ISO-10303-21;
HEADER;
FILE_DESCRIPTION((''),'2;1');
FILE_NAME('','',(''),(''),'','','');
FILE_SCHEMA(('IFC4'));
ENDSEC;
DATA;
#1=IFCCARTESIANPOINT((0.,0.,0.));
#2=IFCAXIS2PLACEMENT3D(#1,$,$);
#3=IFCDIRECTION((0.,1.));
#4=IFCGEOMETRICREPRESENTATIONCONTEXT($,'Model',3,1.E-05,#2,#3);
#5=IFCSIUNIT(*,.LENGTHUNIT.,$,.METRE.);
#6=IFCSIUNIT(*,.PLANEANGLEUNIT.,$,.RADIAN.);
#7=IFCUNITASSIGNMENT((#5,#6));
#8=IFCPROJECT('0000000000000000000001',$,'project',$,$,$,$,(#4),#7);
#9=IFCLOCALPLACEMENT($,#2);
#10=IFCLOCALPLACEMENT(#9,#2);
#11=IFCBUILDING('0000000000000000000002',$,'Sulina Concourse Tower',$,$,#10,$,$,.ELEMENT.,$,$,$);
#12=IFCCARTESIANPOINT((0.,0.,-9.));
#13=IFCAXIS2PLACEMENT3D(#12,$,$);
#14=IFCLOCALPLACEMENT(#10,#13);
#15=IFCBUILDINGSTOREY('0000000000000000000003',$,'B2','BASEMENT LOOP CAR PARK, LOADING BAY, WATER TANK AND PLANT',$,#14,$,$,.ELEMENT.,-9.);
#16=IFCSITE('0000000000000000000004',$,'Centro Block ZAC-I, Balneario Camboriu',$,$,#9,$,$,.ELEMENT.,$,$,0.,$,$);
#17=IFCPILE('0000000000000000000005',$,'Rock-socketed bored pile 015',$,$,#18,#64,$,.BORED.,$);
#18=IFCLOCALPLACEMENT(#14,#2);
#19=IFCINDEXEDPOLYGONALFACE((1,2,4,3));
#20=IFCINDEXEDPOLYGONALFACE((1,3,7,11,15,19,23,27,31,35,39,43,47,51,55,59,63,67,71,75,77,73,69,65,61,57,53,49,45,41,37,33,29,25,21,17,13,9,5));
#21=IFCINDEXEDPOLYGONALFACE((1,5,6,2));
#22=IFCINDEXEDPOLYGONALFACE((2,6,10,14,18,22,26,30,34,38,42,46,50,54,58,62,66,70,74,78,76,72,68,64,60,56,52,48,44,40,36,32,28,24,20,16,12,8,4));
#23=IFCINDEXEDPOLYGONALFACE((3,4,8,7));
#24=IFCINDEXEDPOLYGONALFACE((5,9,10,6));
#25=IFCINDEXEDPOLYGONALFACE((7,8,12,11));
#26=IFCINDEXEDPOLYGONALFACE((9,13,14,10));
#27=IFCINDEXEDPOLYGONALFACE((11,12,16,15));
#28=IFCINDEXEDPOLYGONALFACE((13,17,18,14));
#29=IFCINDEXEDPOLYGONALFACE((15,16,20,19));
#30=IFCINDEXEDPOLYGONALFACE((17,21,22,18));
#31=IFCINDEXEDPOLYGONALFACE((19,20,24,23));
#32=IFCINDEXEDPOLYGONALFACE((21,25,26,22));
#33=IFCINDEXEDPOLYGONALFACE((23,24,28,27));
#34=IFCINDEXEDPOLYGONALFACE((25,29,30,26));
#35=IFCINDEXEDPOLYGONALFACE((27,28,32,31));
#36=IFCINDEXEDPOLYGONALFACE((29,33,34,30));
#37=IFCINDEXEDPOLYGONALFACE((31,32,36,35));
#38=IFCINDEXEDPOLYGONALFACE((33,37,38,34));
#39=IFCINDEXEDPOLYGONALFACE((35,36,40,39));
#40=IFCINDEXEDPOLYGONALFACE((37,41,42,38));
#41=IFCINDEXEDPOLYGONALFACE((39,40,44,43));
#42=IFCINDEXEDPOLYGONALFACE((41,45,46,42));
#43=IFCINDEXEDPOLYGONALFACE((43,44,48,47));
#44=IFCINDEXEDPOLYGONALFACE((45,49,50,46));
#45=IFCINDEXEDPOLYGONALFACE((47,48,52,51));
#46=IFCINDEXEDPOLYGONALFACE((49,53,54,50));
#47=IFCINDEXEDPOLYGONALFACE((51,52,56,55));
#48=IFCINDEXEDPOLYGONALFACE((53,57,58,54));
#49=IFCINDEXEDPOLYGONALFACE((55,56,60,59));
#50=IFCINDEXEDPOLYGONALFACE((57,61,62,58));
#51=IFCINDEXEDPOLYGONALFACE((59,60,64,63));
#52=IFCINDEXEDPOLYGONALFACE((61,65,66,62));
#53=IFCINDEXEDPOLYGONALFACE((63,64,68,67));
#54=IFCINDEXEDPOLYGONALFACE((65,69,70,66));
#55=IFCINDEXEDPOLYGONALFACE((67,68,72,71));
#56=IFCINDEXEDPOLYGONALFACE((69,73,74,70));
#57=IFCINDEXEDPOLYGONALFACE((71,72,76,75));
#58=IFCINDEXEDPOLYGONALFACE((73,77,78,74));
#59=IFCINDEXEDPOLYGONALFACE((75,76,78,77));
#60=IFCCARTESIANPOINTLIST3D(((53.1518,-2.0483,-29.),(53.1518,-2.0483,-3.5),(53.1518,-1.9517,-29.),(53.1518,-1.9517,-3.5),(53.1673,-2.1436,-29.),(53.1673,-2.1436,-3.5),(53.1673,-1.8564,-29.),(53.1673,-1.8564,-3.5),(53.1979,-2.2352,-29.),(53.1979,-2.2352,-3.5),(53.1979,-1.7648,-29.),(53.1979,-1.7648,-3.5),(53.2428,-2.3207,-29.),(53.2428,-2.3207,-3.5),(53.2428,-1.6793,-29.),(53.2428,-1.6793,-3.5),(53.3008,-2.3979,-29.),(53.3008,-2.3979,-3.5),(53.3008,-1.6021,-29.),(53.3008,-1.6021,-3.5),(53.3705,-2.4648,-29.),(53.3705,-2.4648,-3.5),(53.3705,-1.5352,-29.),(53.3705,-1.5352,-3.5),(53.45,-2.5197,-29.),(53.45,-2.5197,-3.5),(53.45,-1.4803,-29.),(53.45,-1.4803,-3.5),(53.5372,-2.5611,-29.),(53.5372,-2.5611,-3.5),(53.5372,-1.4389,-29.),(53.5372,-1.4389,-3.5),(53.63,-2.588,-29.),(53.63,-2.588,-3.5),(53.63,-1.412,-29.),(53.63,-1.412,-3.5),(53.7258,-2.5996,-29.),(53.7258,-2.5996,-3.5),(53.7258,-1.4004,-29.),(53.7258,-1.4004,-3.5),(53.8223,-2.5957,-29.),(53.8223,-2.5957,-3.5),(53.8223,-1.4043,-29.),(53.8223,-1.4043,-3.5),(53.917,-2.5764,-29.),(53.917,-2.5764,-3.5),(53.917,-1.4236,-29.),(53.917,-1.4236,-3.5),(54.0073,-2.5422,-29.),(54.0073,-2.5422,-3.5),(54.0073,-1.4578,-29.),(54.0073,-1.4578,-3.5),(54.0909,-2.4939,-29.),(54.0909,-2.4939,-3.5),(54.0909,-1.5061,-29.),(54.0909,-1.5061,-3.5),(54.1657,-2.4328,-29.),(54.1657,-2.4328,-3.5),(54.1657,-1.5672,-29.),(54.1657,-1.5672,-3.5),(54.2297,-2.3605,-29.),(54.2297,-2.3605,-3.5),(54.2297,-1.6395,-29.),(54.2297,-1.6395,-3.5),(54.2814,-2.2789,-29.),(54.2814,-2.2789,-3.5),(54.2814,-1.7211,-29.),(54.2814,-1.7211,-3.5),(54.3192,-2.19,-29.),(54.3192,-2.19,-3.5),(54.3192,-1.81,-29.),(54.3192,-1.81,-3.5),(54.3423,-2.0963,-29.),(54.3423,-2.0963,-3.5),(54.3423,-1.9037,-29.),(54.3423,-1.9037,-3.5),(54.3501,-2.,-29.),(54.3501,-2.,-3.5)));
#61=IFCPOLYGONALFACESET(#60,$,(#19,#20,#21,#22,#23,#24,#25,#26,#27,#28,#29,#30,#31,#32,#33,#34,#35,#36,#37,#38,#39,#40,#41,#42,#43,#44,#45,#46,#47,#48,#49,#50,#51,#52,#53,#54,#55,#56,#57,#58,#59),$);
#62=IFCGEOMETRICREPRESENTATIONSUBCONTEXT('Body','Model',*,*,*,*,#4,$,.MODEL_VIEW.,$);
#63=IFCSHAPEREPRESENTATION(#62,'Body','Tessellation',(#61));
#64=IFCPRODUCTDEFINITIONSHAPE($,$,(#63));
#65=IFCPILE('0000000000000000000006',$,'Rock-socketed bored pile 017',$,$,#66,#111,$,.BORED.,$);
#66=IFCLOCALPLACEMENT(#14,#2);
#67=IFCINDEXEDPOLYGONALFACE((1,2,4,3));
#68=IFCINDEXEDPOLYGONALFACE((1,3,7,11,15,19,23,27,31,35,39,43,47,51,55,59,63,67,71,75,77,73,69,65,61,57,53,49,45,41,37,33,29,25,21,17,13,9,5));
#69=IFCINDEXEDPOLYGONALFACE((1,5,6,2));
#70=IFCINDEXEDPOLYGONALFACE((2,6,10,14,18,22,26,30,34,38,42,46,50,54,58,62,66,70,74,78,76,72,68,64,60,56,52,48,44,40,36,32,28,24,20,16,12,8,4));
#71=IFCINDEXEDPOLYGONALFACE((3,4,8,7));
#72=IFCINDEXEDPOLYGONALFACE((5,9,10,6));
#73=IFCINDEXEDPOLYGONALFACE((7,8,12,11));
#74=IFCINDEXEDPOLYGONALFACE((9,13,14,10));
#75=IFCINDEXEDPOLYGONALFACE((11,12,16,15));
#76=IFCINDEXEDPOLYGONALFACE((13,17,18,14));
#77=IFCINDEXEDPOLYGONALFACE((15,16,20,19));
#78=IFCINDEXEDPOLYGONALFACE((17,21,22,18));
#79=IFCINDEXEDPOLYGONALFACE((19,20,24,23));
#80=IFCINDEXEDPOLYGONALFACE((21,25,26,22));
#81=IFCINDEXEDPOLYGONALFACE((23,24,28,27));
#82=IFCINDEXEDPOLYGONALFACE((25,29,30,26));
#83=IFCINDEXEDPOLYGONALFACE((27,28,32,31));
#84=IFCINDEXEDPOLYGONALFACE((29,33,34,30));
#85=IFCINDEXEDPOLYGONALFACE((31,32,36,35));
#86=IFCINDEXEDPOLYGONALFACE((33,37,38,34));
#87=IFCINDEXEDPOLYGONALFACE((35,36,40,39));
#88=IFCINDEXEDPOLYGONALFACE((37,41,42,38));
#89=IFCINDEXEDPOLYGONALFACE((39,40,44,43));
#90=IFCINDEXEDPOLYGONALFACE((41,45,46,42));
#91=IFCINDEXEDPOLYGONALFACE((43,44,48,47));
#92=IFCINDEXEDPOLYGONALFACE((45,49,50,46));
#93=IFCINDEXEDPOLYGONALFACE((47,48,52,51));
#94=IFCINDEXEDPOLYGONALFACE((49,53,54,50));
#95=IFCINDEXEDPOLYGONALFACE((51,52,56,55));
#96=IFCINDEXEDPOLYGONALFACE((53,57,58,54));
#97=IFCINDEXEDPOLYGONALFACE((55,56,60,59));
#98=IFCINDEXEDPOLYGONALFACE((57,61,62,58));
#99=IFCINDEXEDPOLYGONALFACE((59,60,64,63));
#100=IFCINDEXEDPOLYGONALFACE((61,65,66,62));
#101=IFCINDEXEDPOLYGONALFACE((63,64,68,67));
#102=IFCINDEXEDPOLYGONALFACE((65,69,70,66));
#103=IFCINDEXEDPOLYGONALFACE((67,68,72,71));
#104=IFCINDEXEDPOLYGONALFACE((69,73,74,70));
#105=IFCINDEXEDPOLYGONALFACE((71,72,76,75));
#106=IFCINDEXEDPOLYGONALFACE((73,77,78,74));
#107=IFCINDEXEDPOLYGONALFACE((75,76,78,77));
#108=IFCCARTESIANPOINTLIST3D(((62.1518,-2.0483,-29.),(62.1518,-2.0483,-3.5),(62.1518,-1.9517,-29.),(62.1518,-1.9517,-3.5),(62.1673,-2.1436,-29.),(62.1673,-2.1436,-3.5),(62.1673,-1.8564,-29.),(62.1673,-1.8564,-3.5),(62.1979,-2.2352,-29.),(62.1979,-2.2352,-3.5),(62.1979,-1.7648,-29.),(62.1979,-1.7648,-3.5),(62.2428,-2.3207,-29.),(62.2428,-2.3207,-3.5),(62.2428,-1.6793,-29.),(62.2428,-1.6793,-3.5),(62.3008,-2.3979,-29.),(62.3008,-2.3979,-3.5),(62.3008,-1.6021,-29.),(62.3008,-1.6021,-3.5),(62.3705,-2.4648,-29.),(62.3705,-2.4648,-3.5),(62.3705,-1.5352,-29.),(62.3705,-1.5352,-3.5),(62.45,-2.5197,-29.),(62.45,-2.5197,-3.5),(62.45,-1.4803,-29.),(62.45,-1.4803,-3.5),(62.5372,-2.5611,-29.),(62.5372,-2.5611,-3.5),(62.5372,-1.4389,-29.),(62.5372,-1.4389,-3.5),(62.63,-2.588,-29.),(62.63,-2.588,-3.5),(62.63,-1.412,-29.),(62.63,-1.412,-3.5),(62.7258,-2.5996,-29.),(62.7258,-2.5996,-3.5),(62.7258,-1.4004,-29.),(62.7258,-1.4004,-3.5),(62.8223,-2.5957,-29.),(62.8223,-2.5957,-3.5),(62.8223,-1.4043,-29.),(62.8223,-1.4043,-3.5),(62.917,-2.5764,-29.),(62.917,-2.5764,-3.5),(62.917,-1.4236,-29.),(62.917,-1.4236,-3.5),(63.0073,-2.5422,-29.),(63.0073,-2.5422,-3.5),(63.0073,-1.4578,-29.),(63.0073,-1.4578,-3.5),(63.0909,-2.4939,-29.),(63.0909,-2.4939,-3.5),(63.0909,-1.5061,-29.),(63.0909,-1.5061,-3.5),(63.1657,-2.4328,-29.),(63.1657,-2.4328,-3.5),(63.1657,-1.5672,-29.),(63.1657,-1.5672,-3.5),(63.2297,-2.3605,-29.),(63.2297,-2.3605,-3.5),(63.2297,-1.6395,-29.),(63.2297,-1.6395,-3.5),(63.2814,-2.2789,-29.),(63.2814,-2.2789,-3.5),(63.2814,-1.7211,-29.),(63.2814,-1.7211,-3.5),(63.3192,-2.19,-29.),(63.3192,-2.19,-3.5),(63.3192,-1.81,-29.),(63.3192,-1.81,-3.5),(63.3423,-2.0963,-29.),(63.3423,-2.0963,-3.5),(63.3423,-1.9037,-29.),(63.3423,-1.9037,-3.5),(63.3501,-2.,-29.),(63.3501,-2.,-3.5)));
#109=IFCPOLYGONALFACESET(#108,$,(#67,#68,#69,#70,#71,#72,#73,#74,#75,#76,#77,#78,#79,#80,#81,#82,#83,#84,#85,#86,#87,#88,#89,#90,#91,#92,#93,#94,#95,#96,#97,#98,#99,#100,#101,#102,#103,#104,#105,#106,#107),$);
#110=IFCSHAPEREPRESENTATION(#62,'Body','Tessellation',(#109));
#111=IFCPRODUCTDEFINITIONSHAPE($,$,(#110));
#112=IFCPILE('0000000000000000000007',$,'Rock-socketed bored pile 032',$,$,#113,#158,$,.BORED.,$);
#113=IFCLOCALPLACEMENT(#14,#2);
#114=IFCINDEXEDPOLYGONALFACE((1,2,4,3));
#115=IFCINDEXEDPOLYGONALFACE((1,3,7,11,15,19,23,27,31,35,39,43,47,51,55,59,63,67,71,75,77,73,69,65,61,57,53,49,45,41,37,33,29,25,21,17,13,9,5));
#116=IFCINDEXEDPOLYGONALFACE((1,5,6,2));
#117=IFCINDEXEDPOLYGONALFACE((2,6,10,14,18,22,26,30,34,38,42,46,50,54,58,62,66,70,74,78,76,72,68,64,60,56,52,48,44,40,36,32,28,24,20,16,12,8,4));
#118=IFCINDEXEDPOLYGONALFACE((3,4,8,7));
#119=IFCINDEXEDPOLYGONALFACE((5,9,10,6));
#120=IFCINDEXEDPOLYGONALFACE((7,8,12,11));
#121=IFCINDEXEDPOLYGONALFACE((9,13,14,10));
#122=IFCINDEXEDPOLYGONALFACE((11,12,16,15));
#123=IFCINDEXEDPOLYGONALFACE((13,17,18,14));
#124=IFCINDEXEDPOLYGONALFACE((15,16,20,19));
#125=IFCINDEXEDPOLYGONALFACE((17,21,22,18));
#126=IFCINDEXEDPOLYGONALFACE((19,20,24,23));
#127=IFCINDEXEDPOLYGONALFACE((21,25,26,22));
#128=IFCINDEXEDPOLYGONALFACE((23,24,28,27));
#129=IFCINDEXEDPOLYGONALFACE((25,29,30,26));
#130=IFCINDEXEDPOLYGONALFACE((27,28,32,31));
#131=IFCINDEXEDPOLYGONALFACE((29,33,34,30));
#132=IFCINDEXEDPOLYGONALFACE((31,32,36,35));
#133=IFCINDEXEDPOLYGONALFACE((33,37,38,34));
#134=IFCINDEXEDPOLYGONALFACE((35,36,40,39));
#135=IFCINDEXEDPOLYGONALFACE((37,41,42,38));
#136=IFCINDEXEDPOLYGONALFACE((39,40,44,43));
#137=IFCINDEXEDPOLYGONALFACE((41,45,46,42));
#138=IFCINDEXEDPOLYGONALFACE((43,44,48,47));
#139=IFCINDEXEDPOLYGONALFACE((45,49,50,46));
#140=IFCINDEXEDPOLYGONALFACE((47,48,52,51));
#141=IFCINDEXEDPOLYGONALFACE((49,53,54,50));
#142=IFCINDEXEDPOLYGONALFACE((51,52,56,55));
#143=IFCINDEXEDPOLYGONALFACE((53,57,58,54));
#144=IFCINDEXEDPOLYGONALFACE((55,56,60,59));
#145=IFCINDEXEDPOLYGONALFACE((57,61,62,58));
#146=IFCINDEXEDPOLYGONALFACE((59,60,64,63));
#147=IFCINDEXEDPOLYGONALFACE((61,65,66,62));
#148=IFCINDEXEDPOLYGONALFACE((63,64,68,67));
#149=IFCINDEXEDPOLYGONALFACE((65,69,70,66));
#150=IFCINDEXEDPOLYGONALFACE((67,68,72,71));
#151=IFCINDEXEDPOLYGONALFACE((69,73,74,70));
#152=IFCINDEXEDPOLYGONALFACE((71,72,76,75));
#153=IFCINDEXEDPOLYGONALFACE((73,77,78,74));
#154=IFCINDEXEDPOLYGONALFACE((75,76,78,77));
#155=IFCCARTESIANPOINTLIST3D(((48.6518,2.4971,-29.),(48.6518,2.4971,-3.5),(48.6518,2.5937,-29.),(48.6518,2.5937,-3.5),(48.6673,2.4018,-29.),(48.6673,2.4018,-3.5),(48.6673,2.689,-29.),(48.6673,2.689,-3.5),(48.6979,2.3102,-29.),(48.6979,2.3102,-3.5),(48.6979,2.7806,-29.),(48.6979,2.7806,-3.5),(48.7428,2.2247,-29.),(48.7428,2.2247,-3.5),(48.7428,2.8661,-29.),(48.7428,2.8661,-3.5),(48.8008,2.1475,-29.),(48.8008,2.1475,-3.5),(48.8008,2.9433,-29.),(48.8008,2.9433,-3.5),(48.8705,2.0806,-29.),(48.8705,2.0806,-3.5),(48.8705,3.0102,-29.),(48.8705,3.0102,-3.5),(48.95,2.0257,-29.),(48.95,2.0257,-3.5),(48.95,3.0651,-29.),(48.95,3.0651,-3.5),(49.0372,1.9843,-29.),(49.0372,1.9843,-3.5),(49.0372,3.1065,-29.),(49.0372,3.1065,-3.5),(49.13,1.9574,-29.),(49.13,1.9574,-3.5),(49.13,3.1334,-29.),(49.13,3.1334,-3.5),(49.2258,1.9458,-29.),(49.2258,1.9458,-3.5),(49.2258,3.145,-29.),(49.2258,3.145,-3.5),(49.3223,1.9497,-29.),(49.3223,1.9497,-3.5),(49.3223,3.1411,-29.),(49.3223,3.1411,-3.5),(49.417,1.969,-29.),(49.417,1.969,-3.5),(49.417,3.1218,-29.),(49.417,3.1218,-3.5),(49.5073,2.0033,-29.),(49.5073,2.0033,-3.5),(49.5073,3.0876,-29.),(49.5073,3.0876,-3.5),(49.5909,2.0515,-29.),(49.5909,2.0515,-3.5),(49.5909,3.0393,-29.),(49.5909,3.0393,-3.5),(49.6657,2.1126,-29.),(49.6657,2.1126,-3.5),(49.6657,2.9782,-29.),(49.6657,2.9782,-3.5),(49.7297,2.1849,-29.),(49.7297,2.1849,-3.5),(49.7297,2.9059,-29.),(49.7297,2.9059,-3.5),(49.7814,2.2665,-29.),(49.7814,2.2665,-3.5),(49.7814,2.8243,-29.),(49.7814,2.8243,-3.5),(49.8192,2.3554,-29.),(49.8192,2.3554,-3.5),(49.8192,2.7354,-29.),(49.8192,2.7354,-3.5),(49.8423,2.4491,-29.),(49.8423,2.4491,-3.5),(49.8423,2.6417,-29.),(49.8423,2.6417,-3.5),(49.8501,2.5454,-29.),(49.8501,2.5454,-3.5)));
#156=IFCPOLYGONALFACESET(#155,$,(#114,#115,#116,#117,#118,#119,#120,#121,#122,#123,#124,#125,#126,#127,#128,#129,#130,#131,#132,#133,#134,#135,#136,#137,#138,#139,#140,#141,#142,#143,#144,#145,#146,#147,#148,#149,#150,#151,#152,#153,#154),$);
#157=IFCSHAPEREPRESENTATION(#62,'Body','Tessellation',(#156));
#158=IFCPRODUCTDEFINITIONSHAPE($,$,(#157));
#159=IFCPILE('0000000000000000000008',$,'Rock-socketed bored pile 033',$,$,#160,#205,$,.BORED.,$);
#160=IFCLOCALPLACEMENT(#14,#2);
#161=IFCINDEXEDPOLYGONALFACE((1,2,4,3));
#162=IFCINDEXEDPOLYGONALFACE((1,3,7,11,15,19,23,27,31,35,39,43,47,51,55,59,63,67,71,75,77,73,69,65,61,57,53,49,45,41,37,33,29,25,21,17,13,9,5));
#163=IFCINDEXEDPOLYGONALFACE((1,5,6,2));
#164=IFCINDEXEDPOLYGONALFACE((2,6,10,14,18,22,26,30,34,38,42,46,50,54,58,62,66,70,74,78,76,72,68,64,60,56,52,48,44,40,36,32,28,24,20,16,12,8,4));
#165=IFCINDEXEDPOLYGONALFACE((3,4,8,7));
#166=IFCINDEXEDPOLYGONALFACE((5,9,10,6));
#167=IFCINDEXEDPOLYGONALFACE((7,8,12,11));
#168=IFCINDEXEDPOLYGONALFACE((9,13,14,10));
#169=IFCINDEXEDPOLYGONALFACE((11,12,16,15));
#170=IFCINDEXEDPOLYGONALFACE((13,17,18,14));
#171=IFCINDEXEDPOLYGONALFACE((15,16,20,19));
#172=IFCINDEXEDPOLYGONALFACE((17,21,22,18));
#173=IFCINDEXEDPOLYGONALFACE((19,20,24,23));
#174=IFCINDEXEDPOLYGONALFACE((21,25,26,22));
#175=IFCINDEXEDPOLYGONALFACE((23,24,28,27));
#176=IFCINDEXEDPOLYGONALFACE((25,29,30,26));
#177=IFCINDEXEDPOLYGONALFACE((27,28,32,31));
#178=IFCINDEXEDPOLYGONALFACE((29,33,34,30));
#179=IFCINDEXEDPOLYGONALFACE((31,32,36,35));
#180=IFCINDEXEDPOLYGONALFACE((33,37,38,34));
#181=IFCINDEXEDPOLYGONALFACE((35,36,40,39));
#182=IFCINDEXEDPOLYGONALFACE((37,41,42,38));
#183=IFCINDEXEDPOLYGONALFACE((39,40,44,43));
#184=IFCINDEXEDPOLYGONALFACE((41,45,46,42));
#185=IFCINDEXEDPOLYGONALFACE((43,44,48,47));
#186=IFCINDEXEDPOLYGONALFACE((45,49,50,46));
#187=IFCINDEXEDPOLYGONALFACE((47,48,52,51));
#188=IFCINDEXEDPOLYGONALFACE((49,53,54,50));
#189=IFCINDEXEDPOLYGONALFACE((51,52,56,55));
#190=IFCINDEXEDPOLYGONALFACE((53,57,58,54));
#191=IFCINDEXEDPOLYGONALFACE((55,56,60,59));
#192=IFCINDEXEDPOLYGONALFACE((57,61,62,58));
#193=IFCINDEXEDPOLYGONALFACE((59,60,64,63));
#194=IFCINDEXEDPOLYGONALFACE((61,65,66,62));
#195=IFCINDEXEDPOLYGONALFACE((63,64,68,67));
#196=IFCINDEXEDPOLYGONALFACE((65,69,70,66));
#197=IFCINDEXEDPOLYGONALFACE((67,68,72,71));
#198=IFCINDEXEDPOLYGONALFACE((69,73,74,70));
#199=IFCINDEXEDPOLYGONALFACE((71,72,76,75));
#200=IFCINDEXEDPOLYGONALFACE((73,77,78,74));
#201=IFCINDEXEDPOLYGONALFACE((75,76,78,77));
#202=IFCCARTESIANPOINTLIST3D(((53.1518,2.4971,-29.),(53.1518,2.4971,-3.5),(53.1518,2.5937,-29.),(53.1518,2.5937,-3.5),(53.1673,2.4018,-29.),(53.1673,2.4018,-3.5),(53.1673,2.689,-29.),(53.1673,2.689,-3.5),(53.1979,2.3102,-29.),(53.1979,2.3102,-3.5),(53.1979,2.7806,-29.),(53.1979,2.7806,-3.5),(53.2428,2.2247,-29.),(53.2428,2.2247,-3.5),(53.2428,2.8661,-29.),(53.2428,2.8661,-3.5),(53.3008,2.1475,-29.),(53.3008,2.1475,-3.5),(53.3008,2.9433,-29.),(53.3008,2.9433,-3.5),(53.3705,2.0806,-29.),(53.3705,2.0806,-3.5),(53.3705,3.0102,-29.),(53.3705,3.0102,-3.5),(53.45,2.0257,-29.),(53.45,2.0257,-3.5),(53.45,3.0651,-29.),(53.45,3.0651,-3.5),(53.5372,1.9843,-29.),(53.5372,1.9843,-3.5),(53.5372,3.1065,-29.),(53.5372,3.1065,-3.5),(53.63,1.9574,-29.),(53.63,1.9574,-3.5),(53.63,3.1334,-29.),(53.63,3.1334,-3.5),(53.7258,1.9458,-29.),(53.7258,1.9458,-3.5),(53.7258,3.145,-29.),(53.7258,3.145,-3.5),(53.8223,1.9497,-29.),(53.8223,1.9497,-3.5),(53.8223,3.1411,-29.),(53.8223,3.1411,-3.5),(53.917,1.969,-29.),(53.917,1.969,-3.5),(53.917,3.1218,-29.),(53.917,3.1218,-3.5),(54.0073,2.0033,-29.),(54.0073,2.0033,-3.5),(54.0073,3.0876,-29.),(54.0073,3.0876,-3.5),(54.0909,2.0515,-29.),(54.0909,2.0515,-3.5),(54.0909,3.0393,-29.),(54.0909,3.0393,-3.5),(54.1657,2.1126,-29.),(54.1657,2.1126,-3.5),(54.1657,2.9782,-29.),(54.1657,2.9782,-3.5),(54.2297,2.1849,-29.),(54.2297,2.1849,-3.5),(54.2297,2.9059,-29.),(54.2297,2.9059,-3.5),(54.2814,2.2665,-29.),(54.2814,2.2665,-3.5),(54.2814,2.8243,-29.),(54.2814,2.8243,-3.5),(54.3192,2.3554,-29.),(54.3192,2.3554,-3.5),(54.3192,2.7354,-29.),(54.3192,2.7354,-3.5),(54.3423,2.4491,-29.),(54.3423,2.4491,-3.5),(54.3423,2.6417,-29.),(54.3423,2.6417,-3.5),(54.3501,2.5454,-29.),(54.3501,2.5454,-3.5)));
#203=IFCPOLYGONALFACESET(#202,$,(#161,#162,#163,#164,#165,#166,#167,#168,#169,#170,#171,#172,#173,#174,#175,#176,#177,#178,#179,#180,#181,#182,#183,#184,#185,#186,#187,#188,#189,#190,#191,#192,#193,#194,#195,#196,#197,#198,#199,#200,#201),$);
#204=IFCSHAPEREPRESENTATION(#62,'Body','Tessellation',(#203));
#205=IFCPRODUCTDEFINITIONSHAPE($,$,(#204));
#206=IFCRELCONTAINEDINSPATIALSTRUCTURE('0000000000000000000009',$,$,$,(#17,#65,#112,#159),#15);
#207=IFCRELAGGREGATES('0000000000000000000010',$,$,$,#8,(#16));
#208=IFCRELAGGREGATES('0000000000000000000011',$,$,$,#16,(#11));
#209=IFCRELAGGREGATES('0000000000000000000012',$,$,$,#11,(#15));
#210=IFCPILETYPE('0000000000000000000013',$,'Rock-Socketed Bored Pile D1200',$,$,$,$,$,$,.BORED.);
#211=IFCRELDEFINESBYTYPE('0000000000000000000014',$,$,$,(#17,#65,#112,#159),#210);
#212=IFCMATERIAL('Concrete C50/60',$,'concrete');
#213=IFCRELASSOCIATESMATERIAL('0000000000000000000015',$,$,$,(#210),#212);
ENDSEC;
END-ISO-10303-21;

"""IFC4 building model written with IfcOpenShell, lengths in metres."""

from ifc_helpers import new_model, si_unit, direction, frame, origin, origin_2d, place, context, subcontext, project, spatial, circle, extrude, material, material_profile, profile_set, type_object, element, save


model = new_model("IFC4")

# Units and contexts
model_context = context("Model", 3, precision=1e-05, world=origin(), true_north=direction((0.0, 1.0)))
body_context = subcontext(model_context, "Body", "Model", "MODEL_VIEW")
ifc_project = project(units=[si_unit("LENGTHUNIT", "METRE"), si_unit("PLANEANGLEUNIT", "RADIAN")], contexts=[model_context])

# Site, building, storey
site_placement = place(None, origin())
site = spatial("IfcSite", under=ifc_project, at=site_placement, Name="Centro Block ZAC-I, Balneario Camboriu", CompositionType="ELEMENT", RefElevation=0.0)
building_placement = place(site_placement, origin())
building = spatial("IfcBuilding", under=site, at=building_placement, Name="Sulina Concourse Tower", CompositionType="ELEMENT")
storey_placement = place(building_placement, frame((0.0, 0.0, -9.0)))
storey = spatial("IfcBuildingStorey", under=building, at=storey_placement, Name="B2", Description="BASEMENT LOOP CAR PARK, LOADING BAY, WATER TANK AND PLANT", CompositionType="ELEMENT", Elevation=-9.0)

# Piles
ifc_material_1 = material(Name="Concrete C50/60", Category="concrete")
ifc_material_profile_1 = material_profile(ifc_material_1, circle(Radius=0.6001, at=origin_2d()), Name="PILE D1200")
ifc_profile_set_1 = profile_set([ifc_material_profile_1], Name="Concrete C50/60")
pile_type_1 = type_object("IfcPileType", Name="Rock-Socketed Bored Pile D1200", PredefinedType="BORED", material=ifc_profile_set_1)
for number, where, z_axis, x_axis, name in (
    (1, (53.75, -2.0, -3.5), (0.0, 0.0, -1.0), (1.0, 0.0, 0.0), "Rock-socketed bored pile 015"),
    (2, (62.75, -2.0, -3.5), (0.0, 0.0, -1.0), (1.0, 0.0, 0.0), "Rock-socketed bored pile 017"),
    (3, (49.25, 2.5454, -3.5), (0.0, 0.0, -1.0), (1.0, 0.0, 0.0), "Rock-socketed bored pile 032"),
    (4, (53.75, 2.5454, -3.5), (0.0, 0.0, -1.0), (1.0, 0.0, 0.0), "Rock-socketed bored pile 033"),
):
    element("IfcPile", number, at=place(storey_placement, frame(where, z_axis=z_axis, x_axis=x_axis)), inside=storey, type_object=pile_type_1, Name=name, PredefinedType="BORED", context=body_context, shape_type="SweptSolid", body=[
        extrude(circle(Radius=0.6001, at=origin_2d()), origin(), (0.0, 0.0, 1.0), 25.5),
    ])

save(model, "model.ifc")
